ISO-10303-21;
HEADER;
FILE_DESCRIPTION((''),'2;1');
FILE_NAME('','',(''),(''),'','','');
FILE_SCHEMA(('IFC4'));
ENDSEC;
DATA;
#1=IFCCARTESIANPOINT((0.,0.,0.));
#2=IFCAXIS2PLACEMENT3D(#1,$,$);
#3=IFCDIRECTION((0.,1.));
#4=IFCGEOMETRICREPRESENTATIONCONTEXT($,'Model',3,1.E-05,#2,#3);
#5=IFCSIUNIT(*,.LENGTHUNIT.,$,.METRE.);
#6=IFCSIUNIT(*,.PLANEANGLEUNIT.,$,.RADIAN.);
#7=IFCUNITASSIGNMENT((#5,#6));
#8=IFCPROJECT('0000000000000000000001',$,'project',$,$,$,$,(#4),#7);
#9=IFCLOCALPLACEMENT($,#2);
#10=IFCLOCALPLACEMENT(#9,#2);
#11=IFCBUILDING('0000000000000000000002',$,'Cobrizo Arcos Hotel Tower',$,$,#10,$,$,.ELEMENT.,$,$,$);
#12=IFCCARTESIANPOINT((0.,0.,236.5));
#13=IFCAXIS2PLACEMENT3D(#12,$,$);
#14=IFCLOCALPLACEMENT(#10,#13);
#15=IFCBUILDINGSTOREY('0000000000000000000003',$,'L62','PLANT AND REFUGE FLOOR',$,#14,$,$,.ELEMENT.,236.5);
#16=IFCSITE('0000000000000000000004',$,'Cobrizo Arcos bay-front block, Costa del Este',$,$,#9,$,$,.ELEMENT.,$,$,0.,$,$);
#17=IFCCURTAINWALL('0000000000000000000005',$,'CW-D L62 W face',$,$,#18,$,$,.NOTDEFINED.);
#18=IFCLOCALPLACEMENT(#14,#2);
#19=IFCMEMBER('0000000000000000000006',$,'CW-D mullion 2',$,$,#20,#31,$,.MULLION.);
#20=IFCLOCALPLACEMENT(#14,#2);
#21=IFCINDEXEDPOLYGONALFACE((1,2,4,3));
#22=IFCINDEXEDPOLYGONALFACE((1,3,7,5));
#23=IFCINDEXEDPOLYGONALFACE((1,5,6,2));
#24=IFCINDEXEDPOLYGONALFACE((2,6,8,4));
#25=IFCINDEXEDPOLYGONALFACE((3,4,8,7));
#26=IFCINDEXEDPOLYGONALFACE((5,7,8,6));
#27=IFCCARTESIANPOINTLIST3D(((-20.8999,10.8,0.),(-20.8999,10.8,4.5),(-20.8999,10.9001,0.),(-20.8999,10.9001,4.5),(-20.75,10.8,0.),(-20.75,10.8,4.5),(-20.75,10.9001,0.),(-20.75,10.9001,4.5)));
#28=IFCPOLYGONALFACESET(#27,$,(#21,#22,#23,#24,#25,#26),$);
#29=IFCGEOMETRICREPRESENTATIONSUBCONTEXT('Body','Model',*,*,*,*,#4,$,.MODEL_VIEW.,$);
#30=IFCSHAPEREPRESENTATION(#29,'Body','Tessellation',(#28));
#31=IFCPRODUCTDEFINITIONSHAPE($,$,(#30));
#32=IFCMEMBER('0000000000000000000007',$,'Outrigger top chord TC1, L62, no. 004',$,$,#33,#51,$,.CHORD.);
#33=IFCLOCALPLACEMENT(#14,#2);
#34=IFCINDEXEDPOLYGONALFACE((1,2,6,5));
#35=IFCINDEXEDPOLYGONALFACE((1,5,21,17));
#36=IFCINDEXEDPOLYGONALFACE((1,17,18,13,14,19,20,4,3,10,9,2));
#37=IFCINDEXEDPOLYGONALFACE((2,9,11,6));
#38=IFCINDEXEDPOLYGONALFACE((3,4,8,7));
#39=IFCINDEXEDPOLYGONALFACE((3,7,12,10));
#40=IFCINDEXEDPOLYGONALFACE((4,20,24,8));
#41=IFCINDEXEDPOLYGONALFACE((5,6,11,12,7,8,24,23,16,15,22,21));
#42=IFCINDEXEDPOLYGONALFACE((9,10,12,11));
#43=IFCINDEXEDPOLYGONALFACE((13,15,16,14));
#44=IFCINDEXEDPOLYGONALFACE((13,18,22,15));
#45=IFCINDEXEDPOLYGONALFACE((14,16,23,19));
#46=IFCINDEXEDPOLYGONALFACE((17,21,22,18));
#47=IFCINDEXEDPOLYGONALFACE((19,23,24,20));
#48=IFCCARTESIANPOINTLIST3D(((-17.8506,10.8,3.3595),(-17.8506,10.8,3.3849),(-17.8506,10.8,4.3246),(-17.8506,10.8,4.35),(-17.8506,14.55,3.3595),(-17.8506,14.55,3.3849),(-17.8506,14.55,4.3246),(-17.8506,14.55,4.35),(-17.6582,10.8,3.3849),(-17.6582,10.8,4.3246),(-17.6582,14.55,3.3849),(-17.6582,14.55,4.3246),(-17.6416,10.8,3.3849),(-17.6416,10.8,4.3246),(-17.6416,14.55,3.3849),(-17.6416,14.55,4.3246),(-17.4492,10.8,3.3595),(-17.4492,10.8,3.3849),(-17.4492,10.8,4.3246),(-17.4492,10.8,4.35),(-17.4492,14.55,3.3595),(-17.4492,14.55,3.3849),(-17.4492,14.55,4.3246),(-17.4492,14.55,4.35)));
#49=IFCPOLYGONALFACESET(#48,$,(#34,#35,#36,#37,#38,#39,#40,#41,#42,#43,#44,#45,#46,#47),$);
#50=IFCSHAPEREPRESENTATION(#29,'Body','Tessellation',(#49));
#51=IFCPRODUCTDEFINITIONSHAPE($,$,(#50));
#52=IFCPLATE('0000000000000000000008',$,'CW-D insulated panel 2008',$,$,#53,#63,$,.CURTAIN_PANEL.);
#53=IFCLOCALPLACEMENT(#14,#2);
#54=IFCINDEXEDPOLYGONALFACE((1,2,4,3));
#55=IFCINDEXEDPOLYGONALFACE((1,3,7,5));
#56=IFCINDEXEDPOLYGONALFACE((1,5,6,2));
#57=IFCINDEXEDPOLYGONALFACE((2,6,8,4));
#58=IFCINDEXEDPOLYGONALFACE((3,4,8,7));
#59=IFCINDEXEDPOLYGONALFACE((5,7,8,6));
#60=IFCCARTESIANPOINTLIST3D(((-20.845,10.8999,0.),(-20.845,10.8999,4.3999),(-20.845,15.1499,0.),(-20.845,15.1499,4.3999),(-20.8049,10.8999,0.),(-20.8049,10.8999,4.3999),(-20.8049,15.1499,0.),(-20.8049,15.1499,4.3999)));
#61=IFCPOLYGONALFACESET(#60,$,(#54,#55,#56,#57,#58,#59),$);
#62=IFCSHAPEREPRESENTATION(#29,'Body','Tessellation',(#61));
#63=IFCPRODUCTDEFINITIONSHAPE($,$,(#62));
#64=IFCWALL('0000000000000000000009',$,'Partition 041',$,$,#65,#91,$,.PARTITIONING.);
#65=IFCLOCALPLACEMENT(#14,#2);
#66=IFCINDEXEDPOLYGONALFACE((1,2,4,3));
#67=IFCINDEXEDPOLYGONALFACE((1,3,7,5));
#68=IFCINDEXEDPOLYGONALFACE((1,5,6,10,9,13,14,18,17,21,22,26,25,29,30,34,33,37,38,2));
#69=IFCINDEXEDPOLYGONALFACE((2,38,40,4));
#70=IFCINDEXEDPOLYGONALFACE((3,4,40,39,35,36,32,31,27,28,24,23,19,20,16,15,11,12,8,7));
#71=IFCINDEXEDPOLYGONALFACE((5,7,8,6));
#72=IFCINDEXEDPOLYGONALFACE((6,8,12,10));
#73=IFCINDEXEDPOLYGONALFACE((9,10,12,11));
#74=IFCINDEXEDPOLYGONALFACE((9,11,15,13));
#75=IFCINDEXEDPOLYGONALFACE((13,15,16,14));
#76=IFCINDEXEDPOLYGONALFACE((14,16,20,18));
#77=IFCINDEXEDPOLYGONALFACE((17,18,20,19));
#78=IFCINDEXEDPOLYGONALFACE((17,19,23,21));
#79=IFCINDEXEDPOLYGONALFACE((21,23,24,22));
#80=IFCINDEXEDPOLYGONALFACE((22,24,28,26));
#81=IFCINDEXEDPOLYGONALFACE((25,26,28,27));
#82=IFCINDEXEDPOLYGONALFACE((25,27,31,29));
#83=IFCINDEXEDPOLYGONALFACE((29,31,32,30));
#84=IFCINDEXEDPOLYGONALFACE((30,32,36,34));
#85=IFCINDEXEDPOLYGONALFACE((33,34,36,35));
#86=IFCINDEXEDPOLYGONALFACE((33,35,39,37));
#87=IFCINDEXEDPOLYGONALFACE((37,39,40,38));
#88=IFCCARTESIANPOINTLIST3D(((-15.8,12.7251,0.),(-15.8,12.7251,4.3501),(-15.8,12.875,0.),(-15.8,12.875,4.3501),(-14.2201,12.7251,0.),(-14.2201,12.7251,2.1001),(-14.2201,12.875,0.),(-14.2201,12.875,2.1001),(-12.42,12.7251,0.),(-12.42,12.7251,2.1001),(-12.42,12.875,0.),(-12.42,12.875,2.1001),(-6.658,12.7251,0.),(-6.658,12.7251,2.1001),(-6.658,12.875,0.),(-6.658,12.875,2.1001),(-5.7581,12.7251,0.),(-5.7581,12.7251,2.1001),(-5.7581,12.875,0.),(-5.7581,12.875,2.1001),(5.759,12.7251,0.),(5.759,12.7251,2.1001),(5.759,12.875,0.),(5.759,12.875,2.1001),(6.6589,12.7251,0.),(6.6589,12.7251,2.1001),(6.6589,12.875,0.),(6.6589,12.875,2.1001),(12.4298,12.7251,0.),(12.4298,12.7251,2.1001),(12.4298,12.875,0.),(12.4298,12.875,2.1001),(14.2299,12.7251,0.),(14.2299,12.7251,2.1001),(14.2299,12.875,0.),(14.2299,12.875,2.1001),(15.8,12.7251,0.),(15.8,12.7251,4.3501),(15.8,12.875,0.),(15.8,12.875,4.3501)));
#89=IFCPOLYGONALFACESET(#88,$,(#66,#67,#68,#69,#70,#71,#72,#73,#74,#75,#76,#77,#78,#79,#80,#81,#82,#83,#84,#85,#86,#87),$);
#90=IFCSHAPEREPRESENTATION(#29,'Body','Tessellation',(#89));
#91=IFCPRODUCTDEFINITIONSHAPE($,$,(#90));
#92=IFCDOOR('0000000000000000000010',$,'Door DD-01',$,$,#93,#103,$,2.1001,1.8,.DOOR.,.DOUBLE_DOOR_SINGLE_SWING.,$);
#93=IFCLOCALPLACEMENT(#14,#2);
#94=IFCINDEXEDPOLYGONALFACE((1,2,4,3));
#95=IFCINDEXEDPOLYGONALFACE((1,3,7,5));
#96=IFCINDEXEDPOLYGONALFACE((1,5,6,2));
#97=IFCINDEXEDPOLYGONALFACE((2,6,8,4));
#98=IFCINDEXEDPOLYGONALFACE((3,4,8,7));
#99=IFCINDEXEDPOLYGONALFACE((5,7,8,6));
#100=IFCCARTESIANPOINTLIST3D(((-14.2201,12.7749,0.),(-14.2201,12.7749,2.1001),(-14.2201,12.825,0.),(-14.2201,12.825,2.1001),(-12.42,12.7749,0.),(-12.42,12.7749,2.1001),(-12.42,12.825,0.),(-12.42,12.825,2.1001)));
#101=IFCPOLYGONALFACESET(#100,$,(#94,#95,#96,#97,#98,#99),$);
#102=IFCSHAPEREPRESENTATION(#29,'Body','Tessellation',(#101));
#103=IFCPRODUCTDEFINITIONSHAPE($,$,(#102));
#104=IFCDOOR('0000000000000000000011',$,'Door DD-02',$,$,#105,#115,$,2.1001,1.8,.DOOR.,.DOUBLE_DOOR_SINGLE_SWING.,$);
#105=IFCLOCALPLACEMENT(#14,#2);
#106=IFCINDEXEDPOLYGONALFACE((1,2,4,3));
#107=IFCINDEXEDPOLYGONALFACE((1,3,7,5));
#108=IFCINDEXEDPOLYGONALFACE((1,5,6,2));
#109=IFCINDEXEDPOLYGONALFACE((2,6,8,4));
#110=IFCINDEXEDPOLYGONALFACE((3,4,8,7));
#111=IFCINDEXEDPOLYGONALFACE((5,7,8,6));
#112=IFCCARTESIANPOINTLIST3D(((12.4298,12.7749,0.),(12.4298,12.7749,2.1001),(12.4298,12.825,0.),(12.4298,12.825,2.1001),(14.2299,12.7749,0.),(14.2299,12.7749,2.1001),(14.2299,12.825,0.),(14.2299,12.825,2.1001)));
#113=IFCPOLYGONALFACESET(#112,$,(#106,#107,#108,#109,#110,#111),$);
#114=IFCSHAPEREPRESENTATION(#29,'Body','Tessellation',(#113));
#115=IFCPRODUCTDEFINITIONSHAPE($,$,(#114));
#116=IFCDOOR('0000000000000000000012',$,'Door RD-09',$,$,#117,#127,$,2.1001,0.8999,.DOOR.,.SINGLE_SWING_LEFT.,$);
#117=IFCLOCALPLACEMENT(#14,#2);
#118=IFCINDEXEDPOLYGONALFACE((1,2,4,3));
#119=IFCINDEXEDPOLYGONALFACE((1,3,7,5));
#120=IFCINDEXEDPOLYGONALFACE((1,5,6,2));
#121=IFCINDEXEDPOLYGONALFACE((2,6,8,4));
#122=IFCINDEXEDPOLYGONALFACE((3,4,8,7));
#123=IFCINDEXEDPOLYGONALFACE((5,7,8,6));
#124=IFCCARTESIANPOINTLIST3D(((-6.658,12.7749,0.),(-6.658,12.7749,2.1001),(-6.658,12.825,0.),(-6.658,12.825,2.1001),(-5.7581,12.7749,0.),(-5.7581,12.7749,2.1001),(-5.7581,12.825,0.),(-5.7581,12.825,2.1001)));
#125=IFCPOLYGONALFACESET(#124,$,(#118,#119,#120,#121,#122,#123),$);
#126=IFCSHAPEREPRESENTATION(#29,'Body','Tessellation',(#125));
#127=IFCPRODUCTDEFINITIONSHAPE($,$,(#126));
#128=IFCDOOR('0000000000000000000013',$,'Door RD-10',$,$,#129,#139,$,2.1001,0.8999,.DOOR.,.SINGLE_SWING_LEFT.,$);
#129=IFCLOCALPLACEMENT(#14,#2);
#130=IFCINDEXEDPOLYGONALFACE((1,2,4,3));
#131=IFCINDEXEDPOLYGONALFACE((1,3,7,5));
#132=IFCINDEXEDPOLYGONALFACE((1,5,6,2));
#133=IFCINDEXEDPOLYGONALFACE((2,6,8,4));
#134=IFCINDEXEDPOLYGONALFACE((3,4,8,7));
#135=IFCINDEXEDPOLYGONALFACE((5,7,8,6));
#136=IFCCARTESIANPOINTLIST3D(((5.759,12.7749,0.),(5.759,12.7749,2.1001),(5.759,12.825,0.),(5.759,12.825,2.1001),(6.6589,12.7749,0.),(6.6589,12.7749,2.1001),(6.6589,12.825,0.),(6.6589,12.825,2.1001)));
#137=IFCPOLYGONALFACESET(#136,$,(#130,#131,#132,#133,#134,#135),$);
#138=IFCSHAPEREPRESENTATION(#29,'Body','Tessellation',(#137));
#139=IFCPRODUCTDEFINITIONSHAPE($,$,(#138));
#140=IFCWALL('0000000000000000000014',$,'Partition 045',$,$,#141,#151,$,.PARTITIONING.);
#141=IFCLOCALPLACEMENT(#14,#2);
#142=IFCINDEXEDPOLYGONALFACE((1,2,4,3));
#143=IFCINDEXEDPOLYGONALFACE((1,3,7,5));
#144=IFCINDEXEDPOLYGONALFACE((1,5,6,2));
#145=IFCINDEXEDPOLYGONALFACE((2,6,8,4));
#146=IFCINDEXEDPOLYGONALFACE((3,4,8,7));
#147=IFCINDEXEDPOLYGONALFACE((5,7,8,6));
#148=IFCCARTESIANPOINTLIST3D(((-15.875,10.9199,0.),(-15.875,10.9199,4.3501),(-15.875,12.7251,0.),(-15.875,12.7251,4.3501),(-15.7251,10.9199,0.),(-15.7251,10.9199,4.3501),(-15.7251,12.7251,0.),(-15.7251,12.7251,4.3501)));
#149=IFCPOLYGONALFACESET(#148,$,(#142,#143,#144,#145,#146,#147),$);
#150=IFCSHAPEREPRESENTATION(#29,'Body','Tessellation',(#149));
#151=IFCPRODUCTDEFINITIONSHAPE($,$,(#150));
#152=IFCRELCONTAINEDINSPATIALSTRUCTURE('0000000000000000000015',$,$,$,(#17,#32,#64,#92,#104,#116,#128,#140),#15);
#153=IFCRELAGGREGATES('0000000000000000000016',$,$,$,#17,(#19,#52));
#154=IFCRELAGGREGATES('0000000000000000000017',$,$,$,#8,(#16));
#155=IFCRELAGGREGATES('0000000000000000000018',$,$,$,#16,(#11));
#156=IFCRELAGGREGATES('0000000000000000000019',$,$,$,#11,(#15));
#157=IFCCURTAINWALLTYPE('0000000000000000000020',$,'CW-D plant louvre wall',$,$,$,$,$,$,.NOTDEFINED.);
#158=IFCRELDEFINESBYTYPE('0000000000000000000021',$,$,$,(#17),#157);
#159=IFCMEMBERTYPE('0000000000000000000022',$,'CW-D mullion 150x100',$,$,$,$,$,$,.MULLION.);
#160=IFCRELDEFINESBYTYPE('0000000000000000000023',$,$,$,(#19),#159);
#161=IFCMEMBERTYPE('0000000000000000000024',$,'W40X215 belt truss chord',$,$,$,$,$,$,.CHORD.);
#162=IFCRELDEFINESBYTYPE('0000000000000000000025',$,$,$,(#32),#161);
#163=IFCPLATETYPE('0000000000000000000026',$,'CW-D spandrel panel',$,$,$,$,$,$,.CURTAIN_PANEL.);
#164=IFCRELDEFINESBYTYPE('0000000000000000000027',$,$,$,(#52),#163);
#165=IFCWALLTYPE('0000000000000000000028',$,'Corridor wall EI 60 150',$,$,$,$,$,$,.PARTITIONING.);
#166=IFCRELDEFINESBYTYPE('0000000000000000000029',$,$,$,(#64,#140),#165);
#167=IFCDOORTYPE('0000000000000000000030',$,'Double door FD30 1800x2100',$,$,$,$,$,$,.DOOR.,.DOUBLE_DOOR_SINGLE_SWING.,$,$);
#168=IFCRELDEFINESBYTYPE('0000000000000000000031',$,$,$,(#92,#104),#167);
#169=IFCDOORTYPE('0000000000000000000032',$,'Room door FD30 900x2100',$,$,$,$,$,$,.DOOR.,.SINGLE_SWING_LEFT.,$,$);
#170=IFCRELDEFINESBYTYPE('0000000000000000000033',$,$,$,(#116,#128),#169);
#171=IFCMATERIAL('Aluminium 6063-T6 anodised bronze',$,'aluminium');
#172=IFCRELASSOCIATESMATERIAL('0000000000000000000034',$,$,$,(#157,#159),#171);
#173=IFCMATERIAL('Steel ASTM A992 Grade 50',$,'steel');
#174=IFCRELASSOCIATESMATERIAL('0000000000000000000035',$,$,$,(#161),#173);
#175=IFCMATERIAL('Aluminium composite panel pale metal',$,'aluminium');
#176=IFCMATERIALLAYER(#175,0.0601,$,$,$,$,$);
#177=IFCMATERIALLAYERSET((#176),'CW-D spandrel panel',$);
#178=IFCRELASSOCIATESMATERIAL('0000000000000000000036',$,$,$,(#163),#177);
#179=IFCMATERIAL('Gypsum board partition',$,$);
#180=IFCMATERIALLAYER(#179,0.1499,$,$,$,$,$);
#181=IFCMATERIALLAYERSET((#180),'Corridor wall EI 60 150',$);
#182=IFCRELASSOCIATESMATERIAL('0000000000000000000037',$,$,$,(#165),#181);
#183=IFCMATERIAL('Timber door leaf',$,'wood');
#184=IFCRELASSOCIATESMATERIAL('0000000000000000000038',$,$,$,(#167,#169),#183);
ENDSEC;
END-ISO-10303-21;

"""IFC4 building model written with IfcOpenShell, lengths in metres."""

from ifc_helpers import new_model, si_unit, direction, frame, frame_2d, origin, origin_2d, place, context, subcontext, project, spatial, rectangle, i_section, extrude, material, layer, layer_set, material_profile, profile_set, type_object, element, fill, aggregate, save


model = new_model("IFC4")

# Units and contexts
model_context = context("Model", 3, precision=1e-05, world=origin(), true_north=direction((0.0, 1.0)))
body_context = subcontext(model_context, "Body", "Model", "MODEL_VIEW")
ifc_project = project(units=[si_unit("LENGTHUNIT", "METRE"), si_unit("PLANEANGLEUNIT", "RADIAN")], contexts=[model_context])

# Site, building, storey
site_placement = place(None, origin())
site = spatial("IfcSite", under=ifc_project, at=site_placement, Name="Cobrizo Arcos bay-front block, Costa del Este", CompositionType="ELEMENT", RefElevation=0.0)
building_placement = place(site_placement, origin())
building = spatial("IfcBuilding", under=site, at=building_placement, Name="Cobrizo Arcos Hotel Tower", CompositionType="ELEMENT")
storey_placement = place(building_placement, frame((0.0, 0.0, 236.5)))
storey = spatial("IfcBuildingStorey", under=building, at=storey_placement, Name="L62", Description="PLANT AND REFUGE FLOOR", CompositionType="ELEMENT", Elevation=236.5)

# Curtain wall, member
ifc_material_1 = material(Name="Aluminium 6063-T6 anodised bronze", Category="aluminium")
curtain_wall_type = type_object("IfcCurtainWallType", Name="CW-D plant louvre wall", PredefinedType="NOTDEFINED", material=ifc_material_1)
curtain_wall_placement = place(storey_placement, origin())
curtain_wall = element("IfcCurtainWall", 1, at=curtain_wall_placement, inside=storey, type_object=curtain_wall_type, Name="CW-D L62 W face", PredefinedType="NOTDEFINED")
ifc_material_profile_1 = material_profile(ifc_material_1, rectangle(XDim=0.1499, YDim=0.1001, at=origin_2d()), Name="CW-D mullion 150x100")
ifc_profile_set_1 = profile_set([ifc_material_profile_1], Name="Aluminium 6063-T6 anodised bronze")
member_type_1 = type_object("IfcMemberType", Name="CW-D mullion 150x100", PredefinedType="MULLION", material=ifc_profile_set_1)
member_1_placement = place(storey_placement, frame((-20.825, 10.8501, 0.0), z_axis=(0.0, 0.0, 1.0), x_axis=(-1.0, 0.0, 0.0)))
member_1 = element("IfcMember", 2, at=member_1_placement, type_object=member_type_1, Name="CW-D mullion 2", PredefinedType="MULLION", context=body_context, shape_type="SweptSolid", body=[
    extrude(rectangle(XDim=0.1499, YDim=0.1001, at=origin_2d()), origin(), (0.0, 0.0, 1.0), 4.5),
])

# Member
ifc_material_2 = material(Name="Steel ASTM A992 Grade 50", Category="steel")
ifc_material_profile_2 = material_profile(ifc_material_2, i_section(OverallWidth=0.4014, OverallDepth=0.9905, WebThickness=0.0166, FlangeThickness=0.0254, at=origin_2d()), Name="W40X215")
ifc_profile_set_2 = profile_set([ifc_material_profile_2], Name="Steel ASTM A992 Grade 50")
member_type_2 = type_object("IfcMemberType", Name="W40X215 belt truss chord", PredefinedType="CHORD", material=ifc_profile_set_2)
member_2_placement = place(storey_placement, frame((-17.6499, 10.8, 3.8547), z_axis=(0.0, 1.0, 0.0), x_axis=(-1.0, 0.0, 0.0)))
element("IfcMember", 3, at=member_2_placement, inside=storey, type_object=member_type_2, Name="Outrigger top chord TC1, L62, no. 004", PredefinedType="CHORD", context=body_context, shape_type="SweptSolid", body=[
    extrude(i_section(OverallWidth=0.4014, OverallDepth=0.9905, WebThickness=0.0166, FlangeThickness=0.0254, at=origin_2d()), origin(), (0.0, 0.0, 1.0), 3.75),
])

# Plate
ifc_material_3 = material(Name="Aluminium composite panel pale metal", Category="aluminium")
ifc_layer_1 = layer(ifc_material_3, 0.0601)
ifc_layer_set_1 = layer_set([ifc_layer_1], Name="CW-D spandrel panel")
plate_type = type_object("IfcPlateType", Name="CW-D spandrel panel", PredefinedType="CURTAIN_PANEL", material=ifc_layer_set_1)
plate_placement = place(storey_placement, frame((-20.825, 13.0249, 0.0), z_axis=(0.0, 0.0, 1.0), x_axis=(0.0, -1.0, 0.0)))
plate = element("IfcPlate", 4, at=plate_placement, type_object=plate_type, Name="CW-D insulated panel 2008", PredefinedType="CURTAIN_PANEL", context=body_context, shape_type="SweptSolid", body=[
    extrude(rectangle(XDim=4.25, YDim=0.04, at=origin_2d()), origin(), (0.0, 0.0, 1.0), 4.3999),
])
aggregate(curtain_wall, [member_1, plate])

# Wall, openings, doors
ifc_material_4 = material(Name="Gypsum board partition")
ifc_layer_2 = layer(ifc_material_4, 0.1499)
ifc_layer_set_2 = layer_set([ifc_layer_2], Name="Corridor wall EI 60 150")
wall_type_1 = type_object("IfcWallType", Name="Corridor wall EI 60 150", PredefinedType="PARTITIONING", material=ifc_layer_set_2)
wall_1_placement = place(storey_placement, frame((-15.8, 12.8, 0.0), z_axis=(0.0, 0.0, 1.0), x_axis=(1.0, 0.0, 0.0)))
wall_1 = element("IfcWall", 5, at=wall_1_placement, inside=storey, type_object=wall_type_1, Name="Partition 041", PredefinedType="PARTITIONING", context=body_context, shape_type="SweptSolid", body=[
    extrude(rectangle(XDim=31.6001, YDim=0.1499, at=frame_2d((15.8, 0.0))), origin(), (0.0, 0.0, 1.0), 4.3501),
])
opening_1_placement = place(wall_1_placement, frame((9.1421, 0.0, 0.0)))
opening_1 = element("IfcOpeningElement", 6, at=opening_1_placement, cuts=wall_1, PredefinedType="OPENING", context=body_context, shape_type="SweptSolid", body=[
    extrude(rectangle(XDim=0.8999, YDim=2.1001, at=frame_2d((0.45, 1.05))), frame((0.0, 0.0869, 0.0), z_axis=(0.0, -1.0, 0.0), x_axis=(1.0, 0.0, 0.0)), (0.0, 0.0, 1.0), 0.1738),
])
opening_2_placement = place(wall_1_placement, frame((21.5591, 0.0, 0.0)))
opening_2 = element("IfcOpeningElement", 7, at=opening_2_placement, cuts=wall_1, PredefinedType="OPENING", context=body_context, shape_type="SweptSolid", body=[
    extrude(rectangle(XDim=0.8999, YDim=2.1001, at=frame_2d((0.45, 1.05))), frame((0.0, 0.0869, 0.0), z_axis=(0.0, -1.0, 0.0), x_axis=(1.0, 0.0, 0.0)), (0.0, 0.0, 1.0), 0.1738),
])
opening_3_placement = place(wall_1_placement, frame((1.5801, 0.0, 0.0)))
opening_3 = element("IfcOpeningElement", 8, at=opening_3_placement, cuts=wall_1, PredefinedType="OPENING", context=body_context, shape_type="SweptSolid", body=[
    extrude(rectangle(XDim=1.8, YDim=2.1001, at=frame_2d((0.8999, 1.05))), frame((0.0, 0.0869, 0.0), z_axis=(0.0, -1.0, 0.0), x_axis=(1.0, 0.0, 0.0)), (0.0, 0.0, 1.0), 0.1738),
])
opening_4_placement = place(wall_1_placement, frame((28.23, 0.0, 0.0)))
opening_4 = element("IfcOpeningElement", 9, at=opening_4_placement, cuts=wall_1, PredefinedType="OPENING", context=body_context, shape_type="SweptSolid", body=[
    extrude(rectangle(XDim=1.8, YDim=2.1001, at=frame_2d((0.8999, 1.05))), frame((0.0, 0.0869, 0.0), z_axis=(0.0, -1.0, 0.0), x_axis=(1.0, 0.0, 0.0)), (0.0, 0.0, 1.0), 0.1738),
])
ifc_material_5 = material(Name="Timber door leaf", Category="wood")
door_type_1 = type_object("IfcDoorType", Name="Double door FD30 1800x2100", OperationType="DOUBLE_DOOR_SINGLE_SWING", PredefinedType="DOOR", material=ifc_material_5)
door_1_placement = place(opening_3_placement, origin())
door_1 = element("IfcDoor", 10, at=door_1_placement, inside=storey, type_object=door_type_1, Name="Door DD-01", OperationType="DOUBLE_DOOR_SINGLE_SWING", OverallHeight=2.1001, OverallWidth=1.8, PredefinedType="DOOR", context=body_context, shape_type="SweptSolid", body=[
    extrude(rectangle(XDim=1.8, YDim=2.1001, at=frame_2d((0.8999, 1.05))), frame((0.0, 0.0249, 0.0), z_axis=(0.0, -1.0, 0.0), x_axis=(1.0, 0.0, 0.0)), (0.0, 0.0, 1.0), 0.05),
])
fill(opening_3, door_1)
door_2_placement = place(opening_4_placement, origin())
door_2 = element("IfcDoor", 11, at=door_2_placement, inside=storey, type_object=door_type_1, Name="Door DD-02", OperationType="DOUBLE_DOOR_SINGLE_SWING", OverallHeight=2.1001, OverallWidth=1.8, PredefinedType="DOOR", context=body_context, shape_type="SweptSolid", body=[
    extrude(rectangle(XDim=1.8, YDim=2.1001, at=frame_2d((0.8999, 1.05))), frame((0.0, 0.0249, 0.0), z_axis=(0.0, -1.0, 0.0), x_axis=(1.0, 0.0, 0.0)), (0.0, 0.0, 1.0), 0.05),
])
fill(opening_4, door_2)
door_type_2 = type_object("IfcDoorType", Name="Room door FD30 900x2100", OperationType="SINGLE_SWING_LEFT", PredefinedType="DOOR", material=ifc_material_5)
door_3_placement = place(opening_1_placement, origin())
door_3 = element("IfcDoor", 12, at=door_3_placement, inside=storey, type_object=door_type_2, Name="Door RD-09", OperationType="SINGLE_SWING_LEFT", OverallHeight=2.1001, OverallWidth=0.8999, PredefinedType="DOOR", context=body_context, shape_type="SweptSolid", body=[
    extrude(rectangle(XDim=0.8999, YDim=2.1001, at=frame_2d((0.45, 1.05))), frame((0.0, 0.0249, 0.0), z_axis=(0.0, -1.0, 0.0), x_axis=(1.0, 0.0, 0.0)), (0.0, 0.0, 1.0), 0.05),
])
fill(opening_1, door_3)
door_4_placement = place(opening_2_placement, origin())
door_4 = element("IfcDoor", 13, at=door_4_placement, inside=storey, type_object=door_type_2, Name="Door RD-10", OperationType="SINGLE_SWING_LEFT", OverallHeight=2.1001, OverallWidth=0.8999, PredefinedType="DOOR", context=body_context, shape_type="SweptSolid", body=[
    extrude(rectangle(XDim=0.8999, YDim=2.1001, at=frame_2d((0.45, 1.05))), frame((0.0, 0.0249, 0.0), z_axis=(0.0, -1.0, 0.0), x_axis=(1.0, 0.0, 0.0)), (0.0, 0.0, 1.0), 0.05),
])
fill(opening_2, door_4)

# Wall
wall_2_placement = place(storey_placement, frame((-15.8, 10.9199, 0.0), z_axis=(0.0, 0.0, 1.0), x_axis=(0.0, 1.0, 0.0)))
element("IfcWall", 14, at=wall_2_placement, inside=storey, type_object=wall_type_1, Name="Partition 045", PredefinedType="PARTITIONING", context=body_context, shape_type="SweptSolid", body=[
    extrude(rectangle(XDim=1.8052, YDim=0.1499, at=frame_2d((0.9026, 0.0))), origin(), (0.0, 0.0, 1.0), 4.3501),
])

save(model, "model.ifc")
